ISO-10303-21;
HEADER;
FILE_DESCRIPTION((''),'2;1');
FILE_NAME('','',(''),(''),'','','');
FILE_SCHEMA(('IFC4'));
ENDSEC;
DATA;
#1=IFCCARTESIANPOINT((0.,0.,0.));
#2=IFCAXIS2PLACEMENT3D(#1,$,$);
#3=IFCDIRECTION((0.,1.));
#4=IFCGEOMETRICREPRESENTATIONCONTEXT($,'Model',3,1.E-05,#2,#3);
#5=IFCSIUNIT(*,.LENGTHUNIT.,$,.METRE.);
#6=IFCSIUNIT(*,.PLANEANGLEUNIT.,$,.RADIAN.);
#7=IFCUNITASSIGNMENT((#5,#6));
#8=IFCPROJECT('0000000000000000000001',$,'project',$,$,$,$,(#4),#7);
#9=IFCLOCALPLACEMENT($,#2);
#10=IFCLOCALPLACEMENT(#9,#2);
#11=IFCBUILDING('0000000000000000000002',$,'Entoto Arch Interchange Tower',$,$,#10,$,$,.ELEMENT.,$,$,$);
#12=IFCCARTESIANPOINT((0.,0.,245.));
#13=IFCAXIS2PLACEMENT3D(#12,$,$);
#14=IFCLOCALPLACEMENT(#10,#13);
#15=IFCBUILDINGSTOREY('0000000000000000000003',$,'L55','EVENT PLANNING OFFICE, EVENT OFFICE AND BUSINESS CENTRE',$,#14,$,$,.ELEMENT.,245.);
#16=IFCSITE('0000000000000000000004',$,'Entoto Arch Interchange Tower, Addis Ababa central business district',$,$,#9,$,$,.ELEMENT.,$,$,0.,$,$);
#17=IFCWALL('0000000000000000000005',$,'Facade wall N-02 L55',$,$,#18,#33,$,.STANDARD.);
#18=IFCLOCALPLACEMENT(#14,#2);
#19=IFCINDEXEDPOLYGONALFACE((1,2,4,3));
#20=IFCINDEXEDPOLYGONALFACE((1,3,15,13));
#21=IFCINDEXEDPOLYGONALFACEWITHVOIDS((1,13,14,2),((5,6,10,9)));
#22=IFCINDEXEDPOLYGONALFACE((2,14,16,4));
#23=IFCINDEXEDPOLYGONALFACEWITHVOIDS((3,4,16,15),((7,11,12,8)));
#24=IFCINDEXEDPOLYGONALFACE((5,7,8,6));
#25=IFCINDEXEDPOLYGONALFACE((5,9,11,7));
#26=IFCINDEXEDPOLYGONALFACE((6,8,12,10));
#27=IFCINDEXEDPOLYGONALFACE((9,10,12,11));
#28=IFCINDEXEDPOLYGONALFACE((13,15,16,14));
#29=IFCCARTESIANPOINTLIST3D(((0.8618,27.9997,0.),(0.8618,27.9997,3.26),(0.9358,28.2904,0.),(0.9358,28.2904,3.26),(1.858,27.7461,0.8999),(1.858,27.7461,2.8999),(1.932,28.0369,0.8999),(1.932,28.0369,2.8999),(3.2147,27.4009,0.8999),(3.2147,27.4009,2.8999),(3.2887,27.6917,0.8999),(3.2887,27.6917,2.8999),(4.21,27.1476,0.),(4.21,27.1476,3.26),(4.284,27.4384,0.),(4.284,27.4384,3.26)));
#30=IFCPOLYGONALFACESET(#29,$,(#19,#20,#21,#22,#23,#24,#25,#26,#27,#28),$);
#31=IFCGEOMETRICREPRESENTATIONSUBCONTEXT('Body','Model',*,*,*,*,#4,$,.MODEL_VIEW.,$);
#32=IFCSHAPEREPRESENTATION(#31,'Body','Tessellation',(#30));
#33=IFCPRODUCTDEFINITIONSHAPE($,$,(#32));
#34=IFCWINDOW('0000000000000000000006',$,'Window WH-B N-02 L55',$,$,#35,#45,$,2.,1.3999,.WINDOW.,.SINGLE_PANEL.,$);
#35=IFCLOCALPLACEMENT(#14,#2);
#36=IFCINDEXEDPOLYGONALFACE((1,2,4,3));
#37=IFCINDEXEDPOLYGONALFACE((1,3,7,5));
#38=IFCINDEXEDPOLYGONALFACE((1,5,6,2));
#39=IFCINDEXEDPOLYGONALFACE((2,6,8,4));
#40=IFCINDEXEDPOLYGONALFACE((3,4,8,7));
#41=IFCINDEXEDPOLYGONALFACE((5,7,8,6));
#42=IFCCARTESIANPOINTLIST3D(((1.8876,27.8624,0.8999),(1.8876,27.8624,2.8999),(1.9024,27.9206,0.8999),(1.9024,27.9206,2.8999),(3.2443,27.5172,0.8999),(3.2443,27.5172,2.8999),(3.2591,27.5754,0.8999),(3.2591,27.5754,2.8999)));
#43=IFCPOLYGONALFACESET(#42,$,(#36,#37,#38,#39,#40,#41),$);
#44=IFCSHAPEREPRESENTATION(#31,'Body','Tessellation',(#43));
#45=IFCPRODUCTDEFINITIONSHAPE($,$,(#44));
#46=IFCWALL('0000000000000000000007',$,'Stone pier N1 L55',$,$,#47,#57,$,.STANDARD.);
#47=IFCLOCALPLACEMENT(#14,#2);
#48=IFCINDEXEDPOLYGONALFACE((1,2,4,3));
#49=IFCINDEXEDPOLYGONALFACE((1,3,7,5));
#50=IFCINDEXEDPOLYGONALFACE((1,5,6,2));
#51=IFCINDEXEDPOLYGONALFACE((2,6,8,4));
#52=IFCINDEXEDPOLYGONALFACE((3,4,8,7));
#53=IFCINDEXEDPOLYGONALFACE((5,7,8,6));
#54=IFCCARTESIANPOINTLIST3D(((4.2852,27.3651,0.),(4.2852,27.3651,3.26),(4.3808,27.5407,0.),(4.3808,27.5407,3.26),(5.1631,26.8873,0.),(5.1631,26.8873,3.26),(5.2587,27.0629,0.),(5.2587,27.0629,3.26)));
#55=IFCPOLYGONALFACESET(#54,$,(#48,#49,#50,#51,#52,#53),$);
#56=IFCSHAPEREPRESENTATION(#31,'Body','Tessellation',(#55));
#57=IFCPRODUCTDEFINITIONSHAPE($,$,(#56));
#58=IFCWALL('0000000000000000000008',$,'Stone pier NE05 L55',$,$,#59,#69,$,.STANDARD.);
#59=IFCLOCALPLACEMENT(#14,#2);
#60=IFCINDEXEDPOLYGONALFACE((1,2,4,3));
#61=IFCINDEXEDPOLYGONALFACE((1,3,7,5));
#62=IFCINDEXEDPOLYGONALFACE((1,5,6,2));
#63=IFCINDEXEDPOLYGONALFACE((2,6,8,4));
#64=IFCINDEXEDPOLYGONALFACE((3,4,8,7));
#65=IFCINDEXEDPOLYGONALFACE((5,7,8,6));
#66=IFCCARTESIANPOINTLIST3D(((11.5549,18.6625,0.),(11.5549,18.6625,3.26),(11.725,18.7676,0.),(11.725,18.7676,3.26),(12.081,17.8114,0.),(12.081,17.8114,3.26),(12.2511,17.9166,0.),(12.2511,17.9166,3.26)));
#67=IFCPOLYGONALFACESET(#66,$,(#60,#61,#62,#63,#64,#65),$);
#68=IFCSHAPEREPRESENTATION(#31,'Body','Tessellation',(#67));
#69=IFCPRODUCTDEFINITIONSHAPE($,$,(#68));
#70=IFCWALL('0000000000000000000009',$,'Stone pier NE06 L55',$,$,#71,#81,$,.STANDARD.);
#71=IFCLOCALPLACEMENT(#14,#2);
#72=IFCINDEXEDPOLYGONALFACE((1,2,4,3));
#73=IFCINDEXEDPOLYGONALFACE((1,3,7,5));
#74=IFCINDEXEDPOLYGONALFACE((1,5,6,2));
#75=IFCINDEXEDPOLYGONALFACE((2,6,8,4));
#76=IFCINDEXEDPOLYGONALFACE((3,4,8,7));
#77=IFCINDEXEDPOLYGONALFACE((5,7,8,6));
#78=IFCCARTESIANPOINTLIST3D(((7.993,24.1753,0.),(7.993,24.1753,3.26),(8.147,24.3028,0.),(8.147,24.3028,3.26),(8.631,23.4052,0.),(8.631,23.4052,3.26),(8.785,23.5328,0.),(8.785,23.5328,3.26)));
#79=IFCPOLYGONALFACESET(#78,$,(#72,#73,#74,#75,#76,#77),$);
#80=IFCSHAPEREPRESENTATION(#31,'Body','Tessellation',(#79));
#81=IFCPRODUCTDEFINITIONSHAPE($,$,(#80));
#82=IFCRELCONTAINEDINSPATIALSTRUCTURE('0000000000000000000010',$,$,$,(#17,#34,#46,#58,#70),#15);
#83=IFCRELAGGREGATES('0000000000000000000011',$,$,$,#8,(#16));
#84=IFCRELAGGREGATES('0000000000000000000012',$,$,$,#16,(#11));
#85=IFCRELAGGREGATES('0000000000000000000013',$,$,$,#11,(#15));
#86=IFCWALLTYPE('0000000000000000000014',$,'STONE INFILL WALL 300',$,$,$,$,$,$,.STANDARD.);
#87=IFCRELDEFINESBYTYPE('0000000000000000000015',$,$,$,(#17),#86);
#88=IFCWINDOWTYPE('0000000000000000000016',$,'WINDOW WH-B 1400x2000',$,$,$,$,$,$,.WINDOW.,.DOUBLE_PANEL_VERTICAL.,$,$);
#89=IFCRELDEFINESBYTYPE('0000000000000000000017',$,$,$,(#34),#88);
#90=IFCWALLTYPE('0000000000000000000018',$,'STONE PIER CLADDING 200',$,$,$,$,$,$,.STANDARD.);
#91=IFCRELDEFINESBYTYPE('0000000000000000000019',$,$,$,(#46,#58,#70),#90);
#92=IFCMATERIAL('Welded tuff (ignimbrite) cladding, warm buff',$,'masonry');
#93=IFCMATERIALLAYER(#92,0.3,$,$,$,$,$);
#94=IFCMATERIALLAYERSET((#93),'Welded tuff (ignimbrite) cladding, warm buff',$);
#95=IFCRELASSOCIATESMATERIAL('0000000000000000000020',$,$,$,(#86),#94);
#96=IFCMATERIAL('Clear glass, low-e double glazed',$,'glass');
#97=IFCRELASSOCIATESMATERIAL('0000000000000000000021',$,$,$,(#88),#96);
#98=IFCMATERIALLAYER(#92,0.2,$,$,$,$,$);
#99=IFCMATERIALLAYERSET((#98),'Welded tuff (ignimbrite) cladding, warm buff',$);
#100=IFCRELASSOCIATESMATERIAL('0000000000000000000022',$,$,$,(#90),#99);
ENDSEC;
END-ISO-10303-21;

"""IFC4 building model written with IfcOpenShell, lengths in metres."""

from ifc_helpers import new_model, si_unit, direction, frame, frame_2d, origin, place, context, subcontext, project, spatial, rectangle, extrude, material, layer, layer_set, type_object, element, fill, save


model = new_model("IFC4")

# Units and contexts
model_context = context("Model", 3, precision=1e-05, world=origin(), true_north=direction((0.0, 1.0)))
body_context = subcontext(model_context, "Body", "Model", "MODEL_VIEW")
ifc_project = project(units=[si_unit("LENGTHUNIT", "METRE"), si_unit("PLANEANGLEUNIT", "RADIAN")], contexts=[model_context])

# Site, building, storey
site_placement = place(None, origin())
site = spatial("IfcSite", under=ifc_project, at=site_placement, Name="Entoto Arch Interchange Tower, Addis Ababa central business district", CompositionType="ELEMENT", RefElevation=0.0)
building_placement = place(site_placement, origin())
building = spatial("IfcBuilding", under=site, at=building_placement, Name="Entoto Arch Interchange Tower", CompositionType="ELEMENT")
storey_placement = place(building_placement, frame((0.0, 0.0, 245.0)))
storey = spatial("IfcBuildingStorey", under=building, at=storey_placement, Name="L55", Description="EVENT PLANNING OFFICE, EVENT OFFICE AND BUSINESS CENTRE", CompositionType="ELEMENT", Elevation=245.0)

# Shared definitions
ifc_material_1 = material(Name="Welded tuff (ignimbrite) cladding, warm buff", Category="masonry")
ifc_layer_1 = layer(ifc_material_1, 0.3)
ifc_layer_set_1 = layer_set([ifc_layer_1], Name="Welded tuff (ignimbrite) cladding, warm buff")
wall_type_1 = type_object("IfcWallType", Name="STONE INFILL WALL 300", PredefinedType="STANDARD", material=ifc_layer_set_1)
ifc_material_2 = material(Name="Clear glass, low-e double glazed", Category="glass")
window_type = type_object("IfcWindowType", Name="WINDOW WH-B 1400x2000", PartitioningType="DOUBLE_PANEL_VERTICAL", PredefinedType="WINDOW", material=ifc_material_2)

# Wall, opening, window
wall_1_placement = place(storey_placement, frame((4.2471, 27.293, 0.0), z_axis=(0.0, 0.0, 1.0), x_axis=(-0.969111, 0.246624, 0.0)))
wall_1 = element("IfcWall", 1, at=wall_1_placement, inside=storey, type_object=wall_type_1, Name="Facade wall N-02 L55", PredefinedType="STANDARD", context=body_context, shape_type="SweptSolid", body=[
    extrude(rectangle(XDim=3.4548, YDim=0.3, at=frame_2d((1.7275, 0.0))), origin(), (0.0, 0.0, 1.0), 3.26),
])
opening_1_placement = place(wall_1_placement, frame((1.0271, 0.0, 0.8999)))
opening_1 = element("IfcOpeningElement", 2, at=opening_1_placement, cuts=wall_1, PredefinedType="OPENING", context=body_context, shape_type="SweptSolid", body=[
    extrude(rectangle(XDim=1.3999, YDim=2.0, at=frame_2d((0.7, 1.0))), frame((0.0, 0.1602, 0.0), z_axis=(0.0, -1.0, 0.0), x_axis=(1.0, 0.0, 0.0)), (0.0, 0.0, 1.0), 0.3201),
])
window_1_placement = place(opening_1_placement, origin())
window_1 = element("IfcWindow", 3, at=window_1_placement, inside=storey, type_object=window_type, Name="Window WH-B N-02 L55", OverallHeight=2.0, OverallWidth=1.3999, PartitioningType="SINGLE_PANEL", PredefinedType="WINDOW", context=body_context, shape_type="SweptSolid", body=[
    extrude(rectangle(XDim=1.3999, YDim=2.0, at=frame_2d((0.7, 1.0))), frame((0.0, 0.03, 0.0), z_axis=(0.0, -1.0, 0.0), x_axis=(1.0, 0.0, 0.0)), (0.0, 0.0, 1.0), 0.0601),
])
fill(opening_1, window_1)

# Walls
ifc_layer_2 = layer(ifc_material_1, 0.2)
ifc_layer_set_2 = layer_set([ifc_layer_2], Name="Welded tuff (ignimbrite) cladding, warm buff")
wall_type_2 = type_object("IfcWallType", Name="STONE PIER CLADDING 200", PredefinedType="STANDARD", material=ifc_layer_set_2)
wall_2_placement = place(storey_placement, frame((5.2109, 26.9751, 0.0), z_axis=(0.0, 0.0, 1.0), x_axis=(-0.878353, 0.478013, 0.0)))
element("IfcWall", 4, at=wall_2_placement, inside=storey, type_object=wall_type_2, Name="Stone pier N1 L55", PredefinedType="STANDARD", context=body_context, shape_type="SweptSolid", body=[
    extrude(rectangle(XDim=0.9995, YDim=0.2, at=frame_2d((0.4998, 0.0))), origin(), (0.0, 0.0, 1.0), 3.26),
])
wall_3_placement = place(storey_placement, frame((12.166, 17.864, 0.0), z_axis=(0.0, 0.0, 1.0), x_axis=(-0.525825, 0.850593, 0.0)))
element("IfcWall", 5, at=wall_3_placement, inside=storey, type_object=wall_type_2, Name="Stone pier NE05 L55", PredefinedType="STANDARD", context=body_context, shape_type="SweptSolid", body=[
    extrude(rectangle(XDim=1.0005, YDim=0.2, at=frame_2d((0.5002, 0.0))), origin(), (0.0, 0.0, 1.0), 3.26),
])
wall_4_placement = place(storey_placement, frame((8.708, 23.469, 0.0), z_axis=(0.0, 0.0, 1.0), x_axis=(-0.637972, 0.770059, 0.0)))
element("IfcWall", 6, at=wall_4_placement, inside=storey, type_object=wall_type_2, Name="Stone pier NE06 L55", PredefinedType="STANDARD", context=body_context, shape_type="SweptSolid", body=[
    extrude(rectangle(XDim=1.0, YDim=0.2, at=frame_2d((0.5, 0.0))), origin(), (0.0, 0.0, 1.0), 3.26),
])

save(model, "model.ifc")
